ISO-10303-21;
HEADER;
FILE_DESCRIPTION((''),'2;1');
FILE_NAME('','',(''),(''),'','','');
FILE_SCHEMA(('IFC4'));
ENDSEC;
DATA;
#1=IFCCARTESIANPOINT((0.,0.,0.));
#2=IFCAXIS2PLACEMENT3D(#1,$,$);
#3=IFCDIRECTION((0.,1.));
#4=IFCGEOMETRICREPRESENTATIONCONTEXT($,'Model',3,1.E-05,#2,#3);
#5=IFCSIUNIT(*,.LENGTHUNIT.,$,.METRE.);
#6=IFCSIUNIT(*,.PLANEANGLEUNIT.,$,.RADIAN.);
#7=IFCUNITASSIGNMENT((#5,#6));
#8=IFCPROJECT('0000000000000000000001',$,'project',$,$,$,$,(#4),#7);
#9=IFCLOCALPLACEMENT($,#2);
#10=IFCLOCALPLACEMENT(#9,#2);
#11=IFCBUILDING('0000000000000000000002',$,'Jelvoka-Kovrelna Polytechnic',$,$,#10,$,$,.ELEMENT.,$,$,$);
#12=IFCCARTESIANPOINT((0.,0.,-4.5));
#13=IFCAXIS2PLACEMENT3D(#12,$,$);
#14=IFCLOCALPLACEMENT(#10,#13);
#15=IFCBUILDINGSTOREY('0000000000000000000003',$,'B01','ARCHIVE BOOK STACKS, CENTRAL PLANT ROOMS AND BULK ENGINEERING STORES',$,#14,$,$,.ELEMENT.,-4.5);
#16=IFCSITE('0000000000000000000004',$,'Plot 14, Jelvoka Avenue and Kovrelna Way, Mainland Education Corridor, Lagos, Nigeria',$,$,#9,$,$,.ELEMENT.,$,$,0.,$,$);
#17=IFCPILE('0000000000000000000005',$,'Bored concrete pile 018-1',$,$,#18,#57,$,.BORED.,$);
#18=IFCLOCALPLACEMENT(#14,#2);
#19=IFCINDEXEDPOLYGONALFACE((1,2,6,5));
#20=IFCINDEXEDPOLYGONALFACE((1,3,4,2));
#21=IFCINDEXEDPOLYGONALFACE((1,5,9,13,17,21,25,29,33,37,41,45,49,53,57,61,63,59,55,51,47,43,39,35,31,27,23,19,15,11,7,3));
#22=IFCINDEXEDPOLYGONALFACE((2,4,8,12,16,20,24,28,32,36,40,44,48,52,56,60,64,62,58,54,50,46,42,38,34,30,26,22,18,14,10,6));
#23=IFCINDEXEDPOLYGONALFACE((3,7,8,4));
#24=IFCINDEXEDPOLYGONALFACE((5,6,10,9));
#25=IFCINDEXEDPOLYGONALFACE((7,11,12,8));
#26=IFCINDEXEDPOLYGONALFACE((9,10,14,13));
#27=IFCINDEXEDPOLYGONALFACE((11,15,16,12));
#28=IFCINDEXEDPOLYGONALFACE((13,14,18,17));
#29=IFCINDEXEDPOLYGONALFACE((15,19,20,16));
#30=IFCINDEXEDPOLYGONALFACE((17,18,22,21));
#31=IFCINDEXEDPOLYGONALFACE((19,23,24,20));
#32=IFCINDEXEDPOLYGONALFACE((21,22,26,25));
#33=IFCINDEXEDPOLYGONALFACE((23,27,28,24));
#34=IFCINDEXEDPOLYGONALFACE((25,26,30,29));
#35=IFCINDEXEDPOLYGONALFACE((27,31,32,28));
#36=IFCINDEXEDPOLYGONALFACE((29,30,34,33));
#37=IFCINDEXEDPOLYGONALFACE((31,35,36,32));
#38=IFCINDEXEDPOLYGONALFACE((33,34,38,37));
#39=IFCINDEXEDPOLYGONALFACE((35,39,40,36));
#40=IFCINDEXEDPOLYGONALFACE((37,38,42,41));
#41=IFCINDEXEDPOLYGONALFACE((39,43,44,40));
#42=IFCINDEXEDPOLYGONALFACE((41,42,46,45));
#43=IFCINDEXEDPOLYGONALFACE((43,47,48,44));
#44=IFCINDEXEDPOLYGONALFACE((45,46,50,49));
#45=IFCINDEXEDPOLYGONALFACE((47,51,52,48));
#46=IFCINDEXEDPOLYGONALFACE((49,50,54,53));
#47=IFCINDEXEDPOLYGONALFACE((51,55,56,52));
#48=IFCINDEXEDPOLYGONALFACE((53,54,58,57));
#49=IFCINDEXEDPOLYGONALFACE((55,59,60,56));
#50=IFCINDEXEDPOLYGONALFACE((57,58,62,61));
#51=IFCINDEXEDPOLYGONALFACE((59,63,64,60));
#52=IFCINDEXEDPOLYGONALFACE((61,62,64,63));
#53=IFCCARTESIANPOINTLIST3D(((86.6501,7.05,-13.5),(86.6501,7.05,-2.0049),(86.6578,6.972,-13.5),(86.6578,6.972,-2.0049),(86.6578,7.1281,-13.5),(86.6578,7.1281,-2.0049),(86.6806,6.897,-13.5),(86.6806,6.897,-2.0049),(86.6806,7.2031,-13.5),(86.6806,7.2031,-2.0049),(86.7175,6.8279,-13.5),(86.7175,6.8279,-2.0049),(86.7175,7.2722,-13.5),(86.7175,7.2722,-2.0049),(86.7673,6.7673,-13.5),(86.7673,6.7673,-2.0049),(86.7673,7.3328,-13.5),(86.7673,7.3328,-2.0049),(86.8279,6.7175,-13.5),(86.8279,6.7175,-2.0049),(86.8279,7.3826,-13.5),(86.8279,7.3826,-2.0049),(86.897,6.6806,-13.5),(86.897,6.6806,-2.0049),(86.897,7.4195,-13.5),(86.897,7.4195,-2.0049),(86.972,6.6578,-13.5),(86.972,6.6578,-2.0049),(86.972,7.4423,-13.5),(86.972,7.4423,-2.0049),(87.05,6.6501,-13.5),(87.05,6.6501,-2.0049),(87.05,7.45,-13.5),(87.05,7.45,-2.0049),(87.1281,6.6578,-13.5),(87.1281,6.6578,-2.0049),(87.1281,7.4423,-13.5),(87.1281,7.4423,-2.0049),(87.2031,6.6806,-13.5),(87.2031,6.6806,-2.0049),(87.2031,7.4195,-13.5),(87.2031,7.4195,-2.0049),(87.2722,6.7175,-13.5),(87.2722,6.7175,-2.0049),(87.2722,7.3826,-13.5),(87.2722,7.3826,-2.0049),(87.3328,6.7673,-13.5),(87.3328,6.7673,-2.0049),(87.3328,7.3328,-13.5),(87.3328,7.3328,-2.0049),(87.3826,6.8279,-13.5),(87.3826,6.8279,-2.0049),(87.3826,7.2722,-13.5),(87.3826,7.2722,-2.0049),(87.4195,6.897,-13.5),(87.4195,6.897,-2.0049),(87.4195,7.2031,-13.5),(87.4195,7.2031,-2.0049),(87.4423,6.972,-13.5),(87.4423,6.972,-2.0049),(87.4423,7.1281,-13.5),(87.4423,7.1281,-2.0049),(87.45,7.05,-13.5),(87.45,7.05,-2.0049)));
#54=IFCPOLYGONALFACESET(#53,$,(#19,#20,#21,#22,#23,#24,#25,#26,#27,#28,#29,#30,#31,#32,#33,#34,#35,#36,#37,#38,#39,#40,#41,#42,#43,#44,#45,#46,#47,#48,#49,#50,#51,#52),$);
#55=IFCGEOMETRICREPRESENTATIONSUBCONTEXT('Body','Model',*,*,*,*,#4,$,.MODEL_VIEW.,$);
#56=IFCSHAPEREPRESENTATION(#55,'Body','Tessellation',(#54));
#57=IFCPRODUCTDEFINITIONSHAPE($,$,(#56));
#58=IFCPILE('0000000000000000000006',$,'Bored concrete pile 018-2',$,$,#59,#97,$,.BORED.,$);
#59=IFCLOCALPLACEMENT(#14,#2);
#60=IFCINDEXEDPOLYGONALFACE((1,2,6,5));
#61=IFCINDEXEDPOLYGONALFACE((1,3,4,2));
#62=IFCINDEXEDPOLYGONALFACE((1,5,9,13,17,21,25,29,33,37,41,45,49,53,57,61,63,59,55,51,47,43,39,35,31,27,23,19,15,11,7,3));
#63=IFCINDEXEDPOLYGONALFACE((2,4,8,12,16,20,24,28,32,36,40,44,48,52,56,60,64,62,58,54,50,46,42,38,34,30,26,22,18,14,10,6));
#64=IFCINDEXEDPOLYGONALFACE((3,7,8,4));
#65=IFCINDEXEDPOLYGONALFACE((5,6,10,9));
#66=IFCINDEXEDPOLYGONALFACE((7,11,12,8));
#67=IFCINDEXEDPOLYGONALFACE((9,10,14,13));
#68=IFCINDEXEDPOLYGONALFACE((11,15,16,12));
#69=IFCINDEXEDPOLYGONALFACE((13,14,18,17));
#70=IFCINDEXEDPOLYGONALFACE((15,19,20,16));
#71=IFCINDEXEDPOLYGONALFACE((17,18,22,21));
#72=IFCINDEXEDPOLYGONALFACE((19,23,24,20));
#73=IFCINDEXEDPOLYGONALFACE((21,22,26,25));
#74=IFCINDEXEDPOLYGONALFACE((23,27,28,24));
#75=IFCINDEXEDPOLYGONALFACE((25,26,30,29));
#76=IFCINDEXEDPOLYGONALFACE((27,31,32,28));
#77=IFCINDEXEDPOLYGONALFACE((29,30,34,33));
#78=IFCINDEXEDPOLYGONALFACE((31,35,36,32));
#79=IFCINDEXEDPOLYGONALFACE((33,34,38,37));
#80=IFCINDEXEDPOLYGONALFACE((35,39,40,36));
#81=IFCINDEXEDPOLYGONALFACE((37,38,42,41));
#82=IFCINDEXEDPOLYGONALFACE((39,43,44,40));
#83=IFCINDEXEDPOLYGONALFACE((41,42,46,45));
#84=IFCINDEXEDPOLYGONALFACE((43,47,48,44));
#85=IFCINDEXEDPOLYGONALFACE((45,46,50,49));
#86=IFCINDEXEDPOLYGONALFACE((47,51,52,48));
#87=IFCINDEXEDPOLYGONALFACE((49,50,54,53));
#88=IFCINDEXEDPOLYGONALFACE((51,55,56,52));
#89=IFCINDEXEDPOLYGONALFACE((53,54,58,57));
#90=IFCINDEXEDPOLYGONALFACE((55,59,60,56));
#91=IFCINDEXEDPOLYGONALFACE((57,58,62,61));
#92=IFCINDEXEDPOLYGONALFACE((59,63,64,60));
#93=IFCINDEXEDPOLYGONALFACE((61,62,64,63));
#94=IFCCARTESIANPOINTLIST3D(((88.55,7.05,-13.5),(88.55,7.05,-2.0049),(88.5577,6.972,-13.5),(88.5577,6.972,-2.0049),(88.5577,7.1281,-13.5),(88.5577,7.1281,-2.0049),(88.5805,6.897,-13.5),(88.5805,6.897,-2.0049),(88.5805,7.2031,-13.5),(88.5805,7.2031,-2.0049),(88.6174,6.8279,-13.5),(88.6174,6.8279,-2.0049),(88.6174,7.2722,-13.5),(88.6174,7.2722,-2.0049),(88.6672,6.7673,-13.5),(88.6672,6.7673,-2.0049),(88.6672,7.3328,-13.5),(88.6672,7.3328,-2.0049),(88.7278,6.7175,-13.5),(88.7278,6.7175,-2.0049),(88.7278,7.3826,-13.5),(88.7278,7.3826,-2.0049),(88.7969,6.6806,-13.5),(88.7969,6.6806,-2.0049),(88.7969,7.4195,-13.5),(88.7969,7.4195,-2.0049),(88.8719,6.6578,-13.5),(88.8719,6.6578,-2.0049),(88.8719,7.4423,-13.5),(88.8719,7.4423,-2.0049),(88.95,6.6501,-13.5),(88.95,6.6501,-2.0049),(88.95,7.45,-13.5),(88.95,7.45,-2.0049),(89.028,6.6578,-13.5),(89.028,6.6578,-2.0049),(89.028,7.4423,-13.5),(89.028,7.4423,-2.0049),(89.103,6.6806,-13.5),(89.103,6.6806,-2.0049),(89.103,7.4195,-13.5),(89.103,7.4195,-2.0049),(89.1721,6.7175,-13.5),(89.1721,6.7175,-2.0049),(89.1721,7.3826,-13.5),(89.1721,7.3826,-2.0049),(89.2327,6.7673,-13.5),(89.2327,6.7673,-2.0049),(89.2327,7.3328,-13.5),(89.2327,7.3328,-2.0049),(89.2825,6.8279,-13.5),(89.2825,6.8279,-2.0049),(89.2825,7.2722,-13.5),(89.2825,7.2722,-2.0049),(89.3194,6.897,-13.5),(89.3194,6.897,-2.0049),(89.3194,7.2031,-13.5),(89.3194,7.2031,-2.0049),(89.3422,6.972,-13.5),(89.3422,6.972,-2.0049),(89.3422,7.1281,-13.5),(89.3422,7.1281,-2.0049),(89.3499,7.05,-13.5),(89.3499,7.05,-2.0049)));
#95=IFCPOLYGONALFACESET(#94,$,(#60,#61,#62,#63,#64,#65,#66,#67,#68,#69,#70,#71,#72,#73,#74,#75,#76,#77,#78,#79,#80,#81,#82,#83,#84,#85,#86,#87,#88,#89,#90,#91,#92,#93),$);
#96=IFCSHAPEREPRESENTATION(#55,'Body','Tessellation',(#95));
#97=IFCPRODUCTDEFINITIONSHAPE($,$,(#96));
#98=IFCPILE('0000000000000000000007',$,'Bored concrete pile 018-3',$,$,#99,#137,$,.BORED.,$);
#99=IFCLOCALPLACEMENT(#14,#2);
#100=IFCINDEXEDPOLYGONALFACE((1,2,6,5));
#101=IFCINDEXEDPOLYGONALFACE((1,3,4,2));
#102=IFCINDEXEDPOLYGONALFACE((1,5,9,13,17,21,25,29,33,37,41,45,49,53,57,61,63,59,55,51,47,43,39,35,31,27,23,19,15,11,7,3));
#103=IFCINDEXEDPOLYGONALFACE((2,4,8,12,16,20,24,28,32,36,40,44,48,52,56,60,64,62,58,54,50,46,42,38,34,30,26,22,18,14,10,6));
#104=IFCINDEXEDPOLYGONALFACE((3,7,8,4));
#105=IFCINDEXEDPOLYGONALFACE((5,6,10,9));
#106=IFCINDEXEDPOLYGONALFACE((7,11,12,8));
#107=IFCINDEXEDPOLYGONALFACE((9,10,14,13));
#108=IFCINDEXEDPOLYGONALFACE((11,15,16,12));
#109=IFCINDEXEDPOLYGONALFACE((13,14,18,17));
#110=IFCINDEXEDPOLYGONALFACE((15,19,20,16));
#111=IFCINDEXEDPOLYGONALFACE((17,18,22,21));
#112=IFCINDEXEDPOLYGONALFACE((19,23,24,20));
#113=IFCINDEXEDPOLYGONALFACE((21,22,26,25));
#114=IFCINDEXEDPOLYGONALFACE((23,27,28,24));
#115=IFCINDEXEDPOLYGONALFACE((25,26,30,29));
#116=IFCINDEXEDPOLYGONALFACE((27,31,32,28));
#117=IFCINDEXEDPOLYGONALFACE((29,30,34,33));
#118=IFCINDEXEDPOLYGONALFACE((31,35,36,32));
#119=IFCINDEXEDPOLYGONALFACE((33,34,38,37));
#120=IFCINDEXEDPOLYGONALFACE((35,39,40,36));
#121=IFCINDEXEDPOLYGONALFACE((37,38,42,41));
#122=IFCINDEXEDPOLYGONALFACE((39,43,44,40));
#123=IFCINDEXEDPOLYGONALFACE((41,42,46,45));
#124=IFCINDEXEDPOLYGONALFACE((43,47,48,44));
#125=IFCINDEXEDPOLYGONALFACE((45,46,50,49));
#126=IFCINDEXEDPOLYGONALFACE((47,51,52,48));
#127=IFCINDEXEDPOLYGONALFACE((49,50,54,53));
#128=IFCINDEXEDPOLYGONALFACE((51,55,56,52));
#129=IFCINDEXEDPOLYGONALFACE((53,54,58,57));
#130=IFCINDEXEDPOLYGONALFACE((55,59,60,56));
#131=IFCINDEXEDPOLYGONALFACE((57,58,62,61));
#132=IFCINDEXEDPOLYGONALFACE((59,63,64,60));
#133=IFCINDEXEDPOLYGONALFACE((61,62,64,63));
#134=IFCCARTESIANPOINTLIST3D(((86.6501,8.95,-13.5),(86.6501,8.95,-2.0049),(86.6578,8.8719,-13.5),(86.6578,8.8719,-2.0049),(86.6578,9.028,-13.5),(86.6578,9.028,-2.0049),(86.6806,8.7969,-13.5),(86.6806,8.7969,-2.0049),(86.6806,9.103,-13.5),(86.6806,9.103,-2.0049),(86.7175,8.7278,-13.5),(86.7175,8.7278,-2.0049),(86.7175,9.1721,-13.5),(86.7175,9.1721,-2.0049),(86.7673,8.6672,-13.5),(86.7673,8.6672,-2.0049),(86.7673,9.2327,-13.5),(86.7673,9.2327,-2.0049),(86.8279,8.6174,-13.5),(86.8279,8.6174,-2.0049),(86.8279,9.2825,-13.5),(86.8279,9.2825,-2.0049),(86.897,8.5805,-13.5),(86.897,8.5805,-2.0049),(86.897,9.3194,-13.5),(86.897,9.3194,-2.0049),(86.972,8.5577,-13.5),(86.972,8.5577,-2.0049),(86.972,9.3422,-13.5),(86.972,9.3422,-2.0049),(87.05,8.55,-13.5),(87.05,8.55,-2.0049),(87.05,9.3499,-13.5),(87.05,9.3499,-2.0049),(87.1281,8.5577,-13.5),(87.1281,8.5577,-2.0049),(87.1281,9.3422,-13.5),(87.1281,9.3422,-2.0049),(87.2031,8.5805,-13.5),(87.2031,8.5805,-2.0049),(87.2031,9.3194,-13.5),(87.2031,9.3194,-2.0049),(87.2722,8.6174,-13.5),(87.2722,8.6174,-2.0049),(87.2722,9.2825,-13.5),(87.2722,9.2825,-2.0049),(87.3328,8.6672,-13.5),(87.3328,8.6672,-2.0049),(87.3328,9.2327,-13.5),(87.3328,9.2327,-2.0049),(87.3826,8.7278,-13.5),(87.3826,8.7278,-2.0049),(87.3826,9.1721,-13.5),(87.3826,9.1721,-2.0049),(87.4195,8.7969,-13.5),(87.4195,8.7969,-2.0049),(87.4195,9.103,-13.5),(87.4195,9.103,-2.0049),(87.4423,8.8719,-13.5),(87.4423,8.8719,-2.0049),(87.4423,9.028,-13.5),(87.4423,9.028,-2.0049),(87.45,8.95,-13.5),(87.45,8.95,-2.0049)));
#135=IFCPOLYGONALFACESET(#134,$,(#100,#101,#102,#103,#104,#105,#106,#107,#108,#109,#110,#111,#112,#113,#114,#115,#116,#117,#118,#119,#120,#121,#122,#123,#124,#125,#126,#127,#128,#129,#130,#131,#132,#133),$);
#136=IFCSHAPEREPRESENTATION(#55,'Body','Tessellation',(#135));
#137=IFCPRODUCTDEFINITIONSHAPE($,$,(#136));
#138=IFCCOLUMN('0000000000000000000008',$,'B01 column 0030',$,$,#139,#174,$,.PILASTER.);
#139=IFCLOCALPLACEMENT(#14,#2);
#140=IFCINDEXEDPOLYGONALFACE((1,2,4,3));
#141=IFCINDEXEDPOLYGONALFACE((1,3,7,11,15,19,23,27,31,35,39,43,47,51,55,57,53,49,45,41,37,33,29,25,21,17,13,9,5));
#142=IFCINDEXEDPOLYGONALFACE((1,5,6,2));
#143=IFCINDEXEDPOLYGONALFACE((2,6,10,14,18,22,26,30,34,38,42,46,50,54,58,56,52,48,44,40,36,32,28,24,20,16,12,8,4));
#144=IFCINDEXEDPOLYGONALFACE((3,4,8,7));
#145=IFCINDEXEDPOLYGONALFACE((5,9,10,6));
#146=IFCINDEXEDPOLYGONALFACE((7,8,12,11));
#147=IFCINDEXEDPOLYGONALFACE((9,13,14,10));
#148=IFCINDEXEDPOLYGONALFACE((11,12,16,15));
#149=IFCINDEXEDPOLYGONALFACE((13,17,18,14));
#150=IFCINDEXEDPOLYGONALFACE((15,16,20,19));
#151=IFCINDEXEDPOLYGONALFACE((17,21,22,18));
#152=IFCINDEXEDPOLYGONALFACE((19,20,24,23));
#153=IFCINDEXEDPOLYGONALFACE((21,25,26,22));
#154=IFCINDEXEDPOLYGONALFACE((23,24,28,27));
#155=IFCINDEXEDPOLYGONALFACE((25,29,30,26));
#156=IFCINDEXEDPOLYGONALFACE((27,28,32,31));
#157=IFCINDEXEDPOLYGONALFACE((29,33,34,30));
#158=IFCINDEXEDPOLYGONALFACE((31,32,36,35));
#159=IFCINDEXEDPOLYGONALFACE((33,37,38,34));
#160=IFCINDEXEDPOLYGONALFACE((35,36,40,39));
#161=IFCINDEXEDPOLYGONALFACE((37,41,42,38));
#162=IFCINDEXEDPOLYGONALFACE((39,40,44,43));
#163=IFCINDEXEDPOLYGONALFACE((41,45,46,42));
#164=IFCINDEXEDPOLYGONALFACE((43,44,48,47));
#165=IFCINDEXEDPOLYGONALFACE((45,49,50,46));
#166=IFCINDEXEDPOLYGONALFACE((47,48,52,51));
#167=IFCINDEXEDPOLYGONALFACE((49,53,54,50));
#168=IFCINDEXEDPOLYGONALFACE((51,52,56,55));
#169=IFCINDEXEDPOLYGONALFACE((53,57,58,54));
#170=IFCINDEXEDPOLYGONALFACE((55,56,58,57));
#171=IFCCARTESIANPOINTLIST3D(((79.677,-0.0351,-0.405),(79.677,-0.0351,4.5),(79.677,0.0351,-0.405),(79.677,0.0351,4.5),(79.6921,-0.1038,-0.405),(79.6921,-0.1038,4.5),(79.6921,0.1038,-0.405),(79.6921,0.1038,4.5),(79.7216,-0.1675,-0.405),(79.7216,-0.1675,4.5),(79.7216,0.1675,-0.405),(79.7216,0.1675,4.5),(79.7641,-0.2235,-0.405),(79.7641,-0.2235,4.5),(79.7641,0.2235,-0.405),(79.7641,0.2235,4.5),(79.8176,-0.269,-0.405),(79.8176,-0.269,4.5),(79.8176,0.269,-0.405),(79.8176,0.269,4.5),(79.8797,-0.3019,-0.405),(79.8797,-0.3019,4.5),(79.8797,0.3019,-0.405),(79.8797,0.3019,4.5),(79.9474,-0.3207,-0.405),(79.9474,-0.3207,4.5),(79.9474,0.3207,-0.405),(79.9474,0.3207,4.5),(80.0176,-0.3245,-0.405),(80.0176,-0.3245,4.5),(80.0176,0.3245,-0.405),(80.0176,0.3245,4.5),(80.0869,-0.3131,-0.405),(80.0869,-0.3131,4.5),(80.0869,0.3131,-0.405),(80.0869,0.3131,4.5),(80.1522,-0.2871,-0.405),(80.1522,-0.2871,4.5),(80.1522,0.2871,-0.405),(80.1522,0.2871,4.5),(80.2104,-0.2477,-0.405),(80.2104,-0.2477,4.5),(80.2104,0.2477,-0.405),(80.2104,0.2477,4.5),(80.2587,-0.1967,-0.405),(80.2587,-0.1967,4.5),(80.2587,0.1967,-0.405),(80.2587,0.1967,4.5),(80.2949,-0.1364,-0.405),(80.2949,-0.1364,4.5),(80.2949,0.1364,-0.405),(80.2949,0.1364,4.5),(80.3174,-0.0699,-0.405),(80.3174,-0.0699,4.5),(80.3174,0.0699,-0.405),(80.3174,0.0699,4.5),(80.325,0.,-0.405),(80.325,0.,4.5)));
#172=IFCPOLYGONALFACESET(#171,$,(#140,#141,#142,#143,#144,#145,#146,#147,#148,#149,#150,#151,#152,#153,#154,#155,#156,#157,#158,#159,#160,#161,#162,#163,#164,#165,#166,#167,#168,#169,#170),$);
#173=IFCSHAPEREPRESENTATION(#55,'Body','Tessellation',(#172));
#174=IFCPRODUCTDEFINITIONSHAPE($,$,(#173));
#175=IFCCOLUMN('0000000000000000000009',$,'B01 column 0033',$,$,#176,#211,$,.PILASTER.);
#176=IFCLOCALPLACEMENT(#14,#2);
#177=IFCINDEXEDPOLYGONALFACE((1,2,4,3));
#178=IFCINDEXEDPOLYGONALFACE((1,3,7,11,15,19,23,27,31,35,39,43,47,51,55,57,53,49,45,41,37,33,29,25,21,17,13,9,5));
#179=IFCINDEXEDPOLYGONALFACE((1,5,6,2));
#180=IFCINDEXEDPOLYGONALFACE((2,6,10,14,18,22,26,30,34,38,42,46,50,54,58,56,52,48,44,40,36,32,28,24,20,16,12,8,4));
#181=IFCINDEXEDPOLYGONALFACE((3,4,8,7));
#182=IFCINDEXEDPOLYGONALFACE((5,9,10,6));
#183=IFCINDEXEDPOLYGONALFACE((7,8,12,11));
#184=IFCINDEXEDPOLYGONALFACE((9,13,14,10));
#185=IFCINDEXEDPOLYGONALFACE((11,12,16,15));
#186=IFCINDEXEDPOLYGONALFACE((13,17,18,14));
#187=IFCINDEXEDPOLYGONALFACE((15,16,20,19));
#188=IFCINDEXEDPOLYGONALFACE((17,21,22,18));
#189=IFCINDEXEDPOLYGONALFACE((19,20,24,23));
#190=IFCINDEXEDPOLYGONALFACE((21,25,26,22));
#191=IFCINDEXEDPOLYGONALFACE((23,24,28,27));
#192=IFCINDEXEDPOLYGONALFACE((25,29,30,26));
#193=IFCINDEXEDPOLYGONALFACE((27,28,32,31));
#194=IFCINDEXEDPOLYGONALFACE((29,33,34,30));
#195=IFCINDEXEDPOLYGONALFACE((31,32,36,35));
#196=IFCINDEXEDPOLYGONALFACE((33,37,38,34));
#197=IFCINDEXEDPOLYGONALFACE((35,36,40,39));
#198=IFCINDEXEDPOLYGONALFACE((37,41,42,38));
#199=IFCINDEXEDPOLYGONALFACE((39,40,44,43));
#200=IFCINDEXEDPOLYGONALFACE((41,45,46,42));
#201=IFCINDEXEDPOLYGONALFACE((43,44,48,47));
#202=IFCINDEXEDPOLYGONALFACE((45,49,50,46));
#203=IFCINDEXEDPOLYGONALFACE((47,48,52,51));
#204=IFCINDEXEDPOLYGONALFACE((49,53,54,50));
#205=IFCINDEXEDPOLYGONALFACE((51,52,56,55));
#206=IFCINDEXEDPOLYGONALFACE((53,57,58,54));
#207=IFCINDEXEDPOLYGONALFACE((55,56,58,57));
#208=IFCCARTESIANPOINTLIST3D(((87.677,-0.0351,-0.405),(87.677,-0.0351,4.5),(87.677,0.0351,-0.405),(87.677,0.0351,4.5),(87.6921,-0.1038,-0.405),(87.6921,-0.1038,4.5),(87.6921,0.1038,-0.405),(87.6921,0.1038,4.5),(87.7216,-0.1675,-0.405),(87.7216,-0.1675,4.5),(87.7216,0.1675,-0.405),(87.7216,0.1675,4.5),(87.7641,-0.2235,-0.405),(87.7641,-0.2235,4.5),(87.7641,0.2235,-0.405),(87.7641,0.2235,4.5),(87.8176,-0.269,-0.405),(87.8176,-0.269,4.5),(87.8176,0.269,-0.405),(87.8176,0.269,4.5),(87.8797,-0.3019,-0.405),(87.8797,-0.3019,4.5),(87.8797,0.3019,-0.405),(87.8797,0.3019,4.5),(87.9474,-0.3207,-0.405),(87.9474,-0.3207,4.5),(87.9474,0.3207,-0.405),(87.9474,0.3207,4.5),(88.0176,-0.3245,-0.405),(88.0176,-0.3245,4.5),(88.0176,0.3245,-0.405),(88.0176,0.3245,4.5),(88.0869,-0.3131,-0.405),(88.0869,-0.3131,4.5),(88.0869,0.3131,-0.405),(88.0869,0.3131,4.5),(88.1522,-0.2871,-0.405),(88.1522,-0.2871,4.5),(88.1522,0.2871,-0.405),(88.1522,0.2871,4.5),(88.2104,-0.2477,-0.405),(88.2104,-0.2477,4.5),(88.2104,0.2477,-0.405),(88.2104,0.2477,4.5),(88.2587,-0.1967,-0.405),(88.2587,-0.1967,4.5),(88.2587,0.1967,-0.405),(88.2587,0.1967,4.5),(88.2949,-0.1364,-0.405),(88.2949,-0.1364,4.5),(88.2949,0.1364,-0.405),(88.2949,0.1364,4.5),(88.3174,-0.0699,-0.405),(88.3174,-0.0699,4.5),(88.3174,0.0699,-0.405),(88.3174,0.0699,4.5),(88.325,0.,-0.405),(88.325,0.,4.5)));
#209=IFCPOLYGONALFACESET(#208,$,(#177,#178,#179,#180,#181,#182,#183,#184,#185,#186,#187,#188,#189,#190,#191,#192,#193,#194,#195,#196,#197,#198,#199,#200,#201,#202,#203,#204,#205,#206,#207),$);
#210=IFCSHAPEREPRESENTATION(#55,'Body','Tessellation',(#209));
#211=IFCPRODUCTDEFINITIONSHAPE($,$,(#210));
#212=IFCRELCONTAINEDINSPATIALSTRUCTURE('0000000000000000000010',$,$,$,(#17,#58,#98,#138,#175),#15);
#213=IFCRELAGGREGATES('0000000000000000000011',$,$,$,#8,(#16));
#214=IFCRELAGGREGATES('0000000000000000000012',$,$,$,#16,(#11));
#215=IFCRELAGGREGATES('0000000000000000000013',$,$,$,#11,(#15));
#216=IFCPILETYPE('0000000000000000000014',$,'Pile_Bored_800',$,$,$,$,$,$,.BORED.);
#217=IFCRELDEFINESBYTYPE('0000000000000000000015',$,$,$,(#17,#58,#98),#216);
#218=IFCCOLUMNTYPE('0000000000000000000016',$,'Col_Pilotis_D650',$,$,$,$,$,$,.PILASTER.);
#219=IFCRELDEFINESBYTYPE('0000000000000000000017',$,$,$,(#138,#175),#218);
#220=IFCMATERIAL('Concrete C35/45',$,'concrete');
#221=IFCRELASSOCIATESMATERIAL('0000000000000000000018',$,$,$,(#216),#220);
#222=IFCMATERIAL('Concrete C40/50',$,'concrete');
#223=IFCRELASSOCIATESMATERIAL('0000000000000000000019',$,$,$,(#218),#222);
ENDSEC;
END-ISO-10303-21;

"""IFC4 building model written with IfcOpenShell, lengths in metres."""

from ifc_helpers import new_model, si_unit, direction, frame, origin, origin_2d, place, context, subcontext, project, spatial, circle, extrude, material, material_profile, profile_set, type_object, element, save


model = new_model("IFC4")

# Units and contexts
model_context = context("Model", 3, precision=1e-05, world=origin(), true_north=direction((0.0, 1.0)))
body_context = subcontext(model_context, "Body", "Model", "MODEL_VIEW")
ifc_project = project(units=[si_unit("LENGTHUNIT", "METRE"), si_unit("PLANEANGLEUNIT", "RADIAN")], contexts=[model_context])

# Site, building, storey
site_placement = place(None, origin())
site = spatial("IfcSite", under=ifc_project, at=site_placement, Name="Plot 14, Jelvoka Avenue and Kovrelna Way, Mainland Education Corridor, Lagos, Nigeria", CompositionType="ELEMENT", RefElevation=0.0)
building_placement = place(site_placement, origin())
building = spatial("IfcBuilding", under=site, at=building_placement, Name="Jelvoka-Kovrelna Polytechnic", CompositionType="ELEMENT")
storey_placement = place(building_placement, frame((0.0, 0.0, -4.5)))
storey = spatial("IfcBuildingStorey", under=building, at=storey_placement, Name="B01", Description="ARCHIVE BOOK STACKS, CENTRAL PLANT ROOMS AND BULK ENGINEERING STORES", CompositionType="ELEMENT", Elevation=-4.5)

# Piles
ifc_material_1 = material(Name="Concrete C35/45", Category="concrete")
ifc_material_profile_1 = material_profile(ifc_material_1, circle(Radius=0.3999, at=origin_2d()), Name="PILE D800")
ifc_profile_set_1 = profile_set([ifc_material_profile_1], Name="Concrete C35/45")
pile_type = type_object("IfcPileType", Name="Pile_Bored_800", PredefinedType="BORED", material=ifc_profile_set_1)
for number, where, z_axis, x_axis, name in (
    (1, (87.05, 7.05, -2.0049), (0.0, 0.0, -1.0), (1.0, 0.0, 0.0), "Bored concrete pile 018-1"),
    (2, (88.95, 7.05, -2.0049), (0.0, 0.0, -1.0), (1.0, 0.0, 0.0), "Bored concrete pile 018-2"),
    (3, (87.05, 8.95, -2.0049), (0.0, 0.0, -1.0), (1.0, 0.0, 0.0), "Bored concrete pile 018-3"),
):
    element("IfcPile", number, at=place(storey_placement, frame(where, z_axis=z_axis, x_axis=x_axis)), inside=storey, type_object=pile_type, Name=name, PredefinedType="BORED", context=body_context, shape_type="SweptSolid", body=[
        extrude(circle(Radius=0.3999, at=origin_2d()), origin(), (0.0, 0.0, 1.0), 11.4951),
    ])

# Columns
ifc_material_2 = material(Name="Concrete C40/50", Category="concrete")
ifc_material_profile_2 = material_profile(ifc_material_2, circle(Radius=0.325, at=origin_2d()), Name="RC D650")
ifc_profile_set_2 = profile_set([ifc_material_profile_2], Name="Concrete C40/50")
column_type_1 = type_object("IfcColumnType", Name="Col_Pilotis_D650", PredefinedType="PILASTER", material=ifc_profile_set_2)
for number, where, z_axis, x_axis, name in (
    (4, (80.0, 0.0, -0.405), (0.0, 0.0, 1.0), (1.0, 0.0, 0.0), "B01 column 0030"),
    (5, (88.0, 0.0, -0.405), (0.0, 0.0, 1.0), (1.0, 0.0, 0.0), "B01 column 0033"),
):
    element("IfcColumn", number, at=place(storey_placement, frame(where, z_axis=z_axis, x_axis=x_axis)), inside=storey, type_object=column_type_1, Name=name, PredefinedType="PILASTER", context=body_context, shape_type="SweptSolid", body=[
        extrude(circle(Radius=0.325, at=origin_2d()), origin(), (0.0, 0.0, 1.0), 4.905),
    ])

save(model, "model.ifc")
